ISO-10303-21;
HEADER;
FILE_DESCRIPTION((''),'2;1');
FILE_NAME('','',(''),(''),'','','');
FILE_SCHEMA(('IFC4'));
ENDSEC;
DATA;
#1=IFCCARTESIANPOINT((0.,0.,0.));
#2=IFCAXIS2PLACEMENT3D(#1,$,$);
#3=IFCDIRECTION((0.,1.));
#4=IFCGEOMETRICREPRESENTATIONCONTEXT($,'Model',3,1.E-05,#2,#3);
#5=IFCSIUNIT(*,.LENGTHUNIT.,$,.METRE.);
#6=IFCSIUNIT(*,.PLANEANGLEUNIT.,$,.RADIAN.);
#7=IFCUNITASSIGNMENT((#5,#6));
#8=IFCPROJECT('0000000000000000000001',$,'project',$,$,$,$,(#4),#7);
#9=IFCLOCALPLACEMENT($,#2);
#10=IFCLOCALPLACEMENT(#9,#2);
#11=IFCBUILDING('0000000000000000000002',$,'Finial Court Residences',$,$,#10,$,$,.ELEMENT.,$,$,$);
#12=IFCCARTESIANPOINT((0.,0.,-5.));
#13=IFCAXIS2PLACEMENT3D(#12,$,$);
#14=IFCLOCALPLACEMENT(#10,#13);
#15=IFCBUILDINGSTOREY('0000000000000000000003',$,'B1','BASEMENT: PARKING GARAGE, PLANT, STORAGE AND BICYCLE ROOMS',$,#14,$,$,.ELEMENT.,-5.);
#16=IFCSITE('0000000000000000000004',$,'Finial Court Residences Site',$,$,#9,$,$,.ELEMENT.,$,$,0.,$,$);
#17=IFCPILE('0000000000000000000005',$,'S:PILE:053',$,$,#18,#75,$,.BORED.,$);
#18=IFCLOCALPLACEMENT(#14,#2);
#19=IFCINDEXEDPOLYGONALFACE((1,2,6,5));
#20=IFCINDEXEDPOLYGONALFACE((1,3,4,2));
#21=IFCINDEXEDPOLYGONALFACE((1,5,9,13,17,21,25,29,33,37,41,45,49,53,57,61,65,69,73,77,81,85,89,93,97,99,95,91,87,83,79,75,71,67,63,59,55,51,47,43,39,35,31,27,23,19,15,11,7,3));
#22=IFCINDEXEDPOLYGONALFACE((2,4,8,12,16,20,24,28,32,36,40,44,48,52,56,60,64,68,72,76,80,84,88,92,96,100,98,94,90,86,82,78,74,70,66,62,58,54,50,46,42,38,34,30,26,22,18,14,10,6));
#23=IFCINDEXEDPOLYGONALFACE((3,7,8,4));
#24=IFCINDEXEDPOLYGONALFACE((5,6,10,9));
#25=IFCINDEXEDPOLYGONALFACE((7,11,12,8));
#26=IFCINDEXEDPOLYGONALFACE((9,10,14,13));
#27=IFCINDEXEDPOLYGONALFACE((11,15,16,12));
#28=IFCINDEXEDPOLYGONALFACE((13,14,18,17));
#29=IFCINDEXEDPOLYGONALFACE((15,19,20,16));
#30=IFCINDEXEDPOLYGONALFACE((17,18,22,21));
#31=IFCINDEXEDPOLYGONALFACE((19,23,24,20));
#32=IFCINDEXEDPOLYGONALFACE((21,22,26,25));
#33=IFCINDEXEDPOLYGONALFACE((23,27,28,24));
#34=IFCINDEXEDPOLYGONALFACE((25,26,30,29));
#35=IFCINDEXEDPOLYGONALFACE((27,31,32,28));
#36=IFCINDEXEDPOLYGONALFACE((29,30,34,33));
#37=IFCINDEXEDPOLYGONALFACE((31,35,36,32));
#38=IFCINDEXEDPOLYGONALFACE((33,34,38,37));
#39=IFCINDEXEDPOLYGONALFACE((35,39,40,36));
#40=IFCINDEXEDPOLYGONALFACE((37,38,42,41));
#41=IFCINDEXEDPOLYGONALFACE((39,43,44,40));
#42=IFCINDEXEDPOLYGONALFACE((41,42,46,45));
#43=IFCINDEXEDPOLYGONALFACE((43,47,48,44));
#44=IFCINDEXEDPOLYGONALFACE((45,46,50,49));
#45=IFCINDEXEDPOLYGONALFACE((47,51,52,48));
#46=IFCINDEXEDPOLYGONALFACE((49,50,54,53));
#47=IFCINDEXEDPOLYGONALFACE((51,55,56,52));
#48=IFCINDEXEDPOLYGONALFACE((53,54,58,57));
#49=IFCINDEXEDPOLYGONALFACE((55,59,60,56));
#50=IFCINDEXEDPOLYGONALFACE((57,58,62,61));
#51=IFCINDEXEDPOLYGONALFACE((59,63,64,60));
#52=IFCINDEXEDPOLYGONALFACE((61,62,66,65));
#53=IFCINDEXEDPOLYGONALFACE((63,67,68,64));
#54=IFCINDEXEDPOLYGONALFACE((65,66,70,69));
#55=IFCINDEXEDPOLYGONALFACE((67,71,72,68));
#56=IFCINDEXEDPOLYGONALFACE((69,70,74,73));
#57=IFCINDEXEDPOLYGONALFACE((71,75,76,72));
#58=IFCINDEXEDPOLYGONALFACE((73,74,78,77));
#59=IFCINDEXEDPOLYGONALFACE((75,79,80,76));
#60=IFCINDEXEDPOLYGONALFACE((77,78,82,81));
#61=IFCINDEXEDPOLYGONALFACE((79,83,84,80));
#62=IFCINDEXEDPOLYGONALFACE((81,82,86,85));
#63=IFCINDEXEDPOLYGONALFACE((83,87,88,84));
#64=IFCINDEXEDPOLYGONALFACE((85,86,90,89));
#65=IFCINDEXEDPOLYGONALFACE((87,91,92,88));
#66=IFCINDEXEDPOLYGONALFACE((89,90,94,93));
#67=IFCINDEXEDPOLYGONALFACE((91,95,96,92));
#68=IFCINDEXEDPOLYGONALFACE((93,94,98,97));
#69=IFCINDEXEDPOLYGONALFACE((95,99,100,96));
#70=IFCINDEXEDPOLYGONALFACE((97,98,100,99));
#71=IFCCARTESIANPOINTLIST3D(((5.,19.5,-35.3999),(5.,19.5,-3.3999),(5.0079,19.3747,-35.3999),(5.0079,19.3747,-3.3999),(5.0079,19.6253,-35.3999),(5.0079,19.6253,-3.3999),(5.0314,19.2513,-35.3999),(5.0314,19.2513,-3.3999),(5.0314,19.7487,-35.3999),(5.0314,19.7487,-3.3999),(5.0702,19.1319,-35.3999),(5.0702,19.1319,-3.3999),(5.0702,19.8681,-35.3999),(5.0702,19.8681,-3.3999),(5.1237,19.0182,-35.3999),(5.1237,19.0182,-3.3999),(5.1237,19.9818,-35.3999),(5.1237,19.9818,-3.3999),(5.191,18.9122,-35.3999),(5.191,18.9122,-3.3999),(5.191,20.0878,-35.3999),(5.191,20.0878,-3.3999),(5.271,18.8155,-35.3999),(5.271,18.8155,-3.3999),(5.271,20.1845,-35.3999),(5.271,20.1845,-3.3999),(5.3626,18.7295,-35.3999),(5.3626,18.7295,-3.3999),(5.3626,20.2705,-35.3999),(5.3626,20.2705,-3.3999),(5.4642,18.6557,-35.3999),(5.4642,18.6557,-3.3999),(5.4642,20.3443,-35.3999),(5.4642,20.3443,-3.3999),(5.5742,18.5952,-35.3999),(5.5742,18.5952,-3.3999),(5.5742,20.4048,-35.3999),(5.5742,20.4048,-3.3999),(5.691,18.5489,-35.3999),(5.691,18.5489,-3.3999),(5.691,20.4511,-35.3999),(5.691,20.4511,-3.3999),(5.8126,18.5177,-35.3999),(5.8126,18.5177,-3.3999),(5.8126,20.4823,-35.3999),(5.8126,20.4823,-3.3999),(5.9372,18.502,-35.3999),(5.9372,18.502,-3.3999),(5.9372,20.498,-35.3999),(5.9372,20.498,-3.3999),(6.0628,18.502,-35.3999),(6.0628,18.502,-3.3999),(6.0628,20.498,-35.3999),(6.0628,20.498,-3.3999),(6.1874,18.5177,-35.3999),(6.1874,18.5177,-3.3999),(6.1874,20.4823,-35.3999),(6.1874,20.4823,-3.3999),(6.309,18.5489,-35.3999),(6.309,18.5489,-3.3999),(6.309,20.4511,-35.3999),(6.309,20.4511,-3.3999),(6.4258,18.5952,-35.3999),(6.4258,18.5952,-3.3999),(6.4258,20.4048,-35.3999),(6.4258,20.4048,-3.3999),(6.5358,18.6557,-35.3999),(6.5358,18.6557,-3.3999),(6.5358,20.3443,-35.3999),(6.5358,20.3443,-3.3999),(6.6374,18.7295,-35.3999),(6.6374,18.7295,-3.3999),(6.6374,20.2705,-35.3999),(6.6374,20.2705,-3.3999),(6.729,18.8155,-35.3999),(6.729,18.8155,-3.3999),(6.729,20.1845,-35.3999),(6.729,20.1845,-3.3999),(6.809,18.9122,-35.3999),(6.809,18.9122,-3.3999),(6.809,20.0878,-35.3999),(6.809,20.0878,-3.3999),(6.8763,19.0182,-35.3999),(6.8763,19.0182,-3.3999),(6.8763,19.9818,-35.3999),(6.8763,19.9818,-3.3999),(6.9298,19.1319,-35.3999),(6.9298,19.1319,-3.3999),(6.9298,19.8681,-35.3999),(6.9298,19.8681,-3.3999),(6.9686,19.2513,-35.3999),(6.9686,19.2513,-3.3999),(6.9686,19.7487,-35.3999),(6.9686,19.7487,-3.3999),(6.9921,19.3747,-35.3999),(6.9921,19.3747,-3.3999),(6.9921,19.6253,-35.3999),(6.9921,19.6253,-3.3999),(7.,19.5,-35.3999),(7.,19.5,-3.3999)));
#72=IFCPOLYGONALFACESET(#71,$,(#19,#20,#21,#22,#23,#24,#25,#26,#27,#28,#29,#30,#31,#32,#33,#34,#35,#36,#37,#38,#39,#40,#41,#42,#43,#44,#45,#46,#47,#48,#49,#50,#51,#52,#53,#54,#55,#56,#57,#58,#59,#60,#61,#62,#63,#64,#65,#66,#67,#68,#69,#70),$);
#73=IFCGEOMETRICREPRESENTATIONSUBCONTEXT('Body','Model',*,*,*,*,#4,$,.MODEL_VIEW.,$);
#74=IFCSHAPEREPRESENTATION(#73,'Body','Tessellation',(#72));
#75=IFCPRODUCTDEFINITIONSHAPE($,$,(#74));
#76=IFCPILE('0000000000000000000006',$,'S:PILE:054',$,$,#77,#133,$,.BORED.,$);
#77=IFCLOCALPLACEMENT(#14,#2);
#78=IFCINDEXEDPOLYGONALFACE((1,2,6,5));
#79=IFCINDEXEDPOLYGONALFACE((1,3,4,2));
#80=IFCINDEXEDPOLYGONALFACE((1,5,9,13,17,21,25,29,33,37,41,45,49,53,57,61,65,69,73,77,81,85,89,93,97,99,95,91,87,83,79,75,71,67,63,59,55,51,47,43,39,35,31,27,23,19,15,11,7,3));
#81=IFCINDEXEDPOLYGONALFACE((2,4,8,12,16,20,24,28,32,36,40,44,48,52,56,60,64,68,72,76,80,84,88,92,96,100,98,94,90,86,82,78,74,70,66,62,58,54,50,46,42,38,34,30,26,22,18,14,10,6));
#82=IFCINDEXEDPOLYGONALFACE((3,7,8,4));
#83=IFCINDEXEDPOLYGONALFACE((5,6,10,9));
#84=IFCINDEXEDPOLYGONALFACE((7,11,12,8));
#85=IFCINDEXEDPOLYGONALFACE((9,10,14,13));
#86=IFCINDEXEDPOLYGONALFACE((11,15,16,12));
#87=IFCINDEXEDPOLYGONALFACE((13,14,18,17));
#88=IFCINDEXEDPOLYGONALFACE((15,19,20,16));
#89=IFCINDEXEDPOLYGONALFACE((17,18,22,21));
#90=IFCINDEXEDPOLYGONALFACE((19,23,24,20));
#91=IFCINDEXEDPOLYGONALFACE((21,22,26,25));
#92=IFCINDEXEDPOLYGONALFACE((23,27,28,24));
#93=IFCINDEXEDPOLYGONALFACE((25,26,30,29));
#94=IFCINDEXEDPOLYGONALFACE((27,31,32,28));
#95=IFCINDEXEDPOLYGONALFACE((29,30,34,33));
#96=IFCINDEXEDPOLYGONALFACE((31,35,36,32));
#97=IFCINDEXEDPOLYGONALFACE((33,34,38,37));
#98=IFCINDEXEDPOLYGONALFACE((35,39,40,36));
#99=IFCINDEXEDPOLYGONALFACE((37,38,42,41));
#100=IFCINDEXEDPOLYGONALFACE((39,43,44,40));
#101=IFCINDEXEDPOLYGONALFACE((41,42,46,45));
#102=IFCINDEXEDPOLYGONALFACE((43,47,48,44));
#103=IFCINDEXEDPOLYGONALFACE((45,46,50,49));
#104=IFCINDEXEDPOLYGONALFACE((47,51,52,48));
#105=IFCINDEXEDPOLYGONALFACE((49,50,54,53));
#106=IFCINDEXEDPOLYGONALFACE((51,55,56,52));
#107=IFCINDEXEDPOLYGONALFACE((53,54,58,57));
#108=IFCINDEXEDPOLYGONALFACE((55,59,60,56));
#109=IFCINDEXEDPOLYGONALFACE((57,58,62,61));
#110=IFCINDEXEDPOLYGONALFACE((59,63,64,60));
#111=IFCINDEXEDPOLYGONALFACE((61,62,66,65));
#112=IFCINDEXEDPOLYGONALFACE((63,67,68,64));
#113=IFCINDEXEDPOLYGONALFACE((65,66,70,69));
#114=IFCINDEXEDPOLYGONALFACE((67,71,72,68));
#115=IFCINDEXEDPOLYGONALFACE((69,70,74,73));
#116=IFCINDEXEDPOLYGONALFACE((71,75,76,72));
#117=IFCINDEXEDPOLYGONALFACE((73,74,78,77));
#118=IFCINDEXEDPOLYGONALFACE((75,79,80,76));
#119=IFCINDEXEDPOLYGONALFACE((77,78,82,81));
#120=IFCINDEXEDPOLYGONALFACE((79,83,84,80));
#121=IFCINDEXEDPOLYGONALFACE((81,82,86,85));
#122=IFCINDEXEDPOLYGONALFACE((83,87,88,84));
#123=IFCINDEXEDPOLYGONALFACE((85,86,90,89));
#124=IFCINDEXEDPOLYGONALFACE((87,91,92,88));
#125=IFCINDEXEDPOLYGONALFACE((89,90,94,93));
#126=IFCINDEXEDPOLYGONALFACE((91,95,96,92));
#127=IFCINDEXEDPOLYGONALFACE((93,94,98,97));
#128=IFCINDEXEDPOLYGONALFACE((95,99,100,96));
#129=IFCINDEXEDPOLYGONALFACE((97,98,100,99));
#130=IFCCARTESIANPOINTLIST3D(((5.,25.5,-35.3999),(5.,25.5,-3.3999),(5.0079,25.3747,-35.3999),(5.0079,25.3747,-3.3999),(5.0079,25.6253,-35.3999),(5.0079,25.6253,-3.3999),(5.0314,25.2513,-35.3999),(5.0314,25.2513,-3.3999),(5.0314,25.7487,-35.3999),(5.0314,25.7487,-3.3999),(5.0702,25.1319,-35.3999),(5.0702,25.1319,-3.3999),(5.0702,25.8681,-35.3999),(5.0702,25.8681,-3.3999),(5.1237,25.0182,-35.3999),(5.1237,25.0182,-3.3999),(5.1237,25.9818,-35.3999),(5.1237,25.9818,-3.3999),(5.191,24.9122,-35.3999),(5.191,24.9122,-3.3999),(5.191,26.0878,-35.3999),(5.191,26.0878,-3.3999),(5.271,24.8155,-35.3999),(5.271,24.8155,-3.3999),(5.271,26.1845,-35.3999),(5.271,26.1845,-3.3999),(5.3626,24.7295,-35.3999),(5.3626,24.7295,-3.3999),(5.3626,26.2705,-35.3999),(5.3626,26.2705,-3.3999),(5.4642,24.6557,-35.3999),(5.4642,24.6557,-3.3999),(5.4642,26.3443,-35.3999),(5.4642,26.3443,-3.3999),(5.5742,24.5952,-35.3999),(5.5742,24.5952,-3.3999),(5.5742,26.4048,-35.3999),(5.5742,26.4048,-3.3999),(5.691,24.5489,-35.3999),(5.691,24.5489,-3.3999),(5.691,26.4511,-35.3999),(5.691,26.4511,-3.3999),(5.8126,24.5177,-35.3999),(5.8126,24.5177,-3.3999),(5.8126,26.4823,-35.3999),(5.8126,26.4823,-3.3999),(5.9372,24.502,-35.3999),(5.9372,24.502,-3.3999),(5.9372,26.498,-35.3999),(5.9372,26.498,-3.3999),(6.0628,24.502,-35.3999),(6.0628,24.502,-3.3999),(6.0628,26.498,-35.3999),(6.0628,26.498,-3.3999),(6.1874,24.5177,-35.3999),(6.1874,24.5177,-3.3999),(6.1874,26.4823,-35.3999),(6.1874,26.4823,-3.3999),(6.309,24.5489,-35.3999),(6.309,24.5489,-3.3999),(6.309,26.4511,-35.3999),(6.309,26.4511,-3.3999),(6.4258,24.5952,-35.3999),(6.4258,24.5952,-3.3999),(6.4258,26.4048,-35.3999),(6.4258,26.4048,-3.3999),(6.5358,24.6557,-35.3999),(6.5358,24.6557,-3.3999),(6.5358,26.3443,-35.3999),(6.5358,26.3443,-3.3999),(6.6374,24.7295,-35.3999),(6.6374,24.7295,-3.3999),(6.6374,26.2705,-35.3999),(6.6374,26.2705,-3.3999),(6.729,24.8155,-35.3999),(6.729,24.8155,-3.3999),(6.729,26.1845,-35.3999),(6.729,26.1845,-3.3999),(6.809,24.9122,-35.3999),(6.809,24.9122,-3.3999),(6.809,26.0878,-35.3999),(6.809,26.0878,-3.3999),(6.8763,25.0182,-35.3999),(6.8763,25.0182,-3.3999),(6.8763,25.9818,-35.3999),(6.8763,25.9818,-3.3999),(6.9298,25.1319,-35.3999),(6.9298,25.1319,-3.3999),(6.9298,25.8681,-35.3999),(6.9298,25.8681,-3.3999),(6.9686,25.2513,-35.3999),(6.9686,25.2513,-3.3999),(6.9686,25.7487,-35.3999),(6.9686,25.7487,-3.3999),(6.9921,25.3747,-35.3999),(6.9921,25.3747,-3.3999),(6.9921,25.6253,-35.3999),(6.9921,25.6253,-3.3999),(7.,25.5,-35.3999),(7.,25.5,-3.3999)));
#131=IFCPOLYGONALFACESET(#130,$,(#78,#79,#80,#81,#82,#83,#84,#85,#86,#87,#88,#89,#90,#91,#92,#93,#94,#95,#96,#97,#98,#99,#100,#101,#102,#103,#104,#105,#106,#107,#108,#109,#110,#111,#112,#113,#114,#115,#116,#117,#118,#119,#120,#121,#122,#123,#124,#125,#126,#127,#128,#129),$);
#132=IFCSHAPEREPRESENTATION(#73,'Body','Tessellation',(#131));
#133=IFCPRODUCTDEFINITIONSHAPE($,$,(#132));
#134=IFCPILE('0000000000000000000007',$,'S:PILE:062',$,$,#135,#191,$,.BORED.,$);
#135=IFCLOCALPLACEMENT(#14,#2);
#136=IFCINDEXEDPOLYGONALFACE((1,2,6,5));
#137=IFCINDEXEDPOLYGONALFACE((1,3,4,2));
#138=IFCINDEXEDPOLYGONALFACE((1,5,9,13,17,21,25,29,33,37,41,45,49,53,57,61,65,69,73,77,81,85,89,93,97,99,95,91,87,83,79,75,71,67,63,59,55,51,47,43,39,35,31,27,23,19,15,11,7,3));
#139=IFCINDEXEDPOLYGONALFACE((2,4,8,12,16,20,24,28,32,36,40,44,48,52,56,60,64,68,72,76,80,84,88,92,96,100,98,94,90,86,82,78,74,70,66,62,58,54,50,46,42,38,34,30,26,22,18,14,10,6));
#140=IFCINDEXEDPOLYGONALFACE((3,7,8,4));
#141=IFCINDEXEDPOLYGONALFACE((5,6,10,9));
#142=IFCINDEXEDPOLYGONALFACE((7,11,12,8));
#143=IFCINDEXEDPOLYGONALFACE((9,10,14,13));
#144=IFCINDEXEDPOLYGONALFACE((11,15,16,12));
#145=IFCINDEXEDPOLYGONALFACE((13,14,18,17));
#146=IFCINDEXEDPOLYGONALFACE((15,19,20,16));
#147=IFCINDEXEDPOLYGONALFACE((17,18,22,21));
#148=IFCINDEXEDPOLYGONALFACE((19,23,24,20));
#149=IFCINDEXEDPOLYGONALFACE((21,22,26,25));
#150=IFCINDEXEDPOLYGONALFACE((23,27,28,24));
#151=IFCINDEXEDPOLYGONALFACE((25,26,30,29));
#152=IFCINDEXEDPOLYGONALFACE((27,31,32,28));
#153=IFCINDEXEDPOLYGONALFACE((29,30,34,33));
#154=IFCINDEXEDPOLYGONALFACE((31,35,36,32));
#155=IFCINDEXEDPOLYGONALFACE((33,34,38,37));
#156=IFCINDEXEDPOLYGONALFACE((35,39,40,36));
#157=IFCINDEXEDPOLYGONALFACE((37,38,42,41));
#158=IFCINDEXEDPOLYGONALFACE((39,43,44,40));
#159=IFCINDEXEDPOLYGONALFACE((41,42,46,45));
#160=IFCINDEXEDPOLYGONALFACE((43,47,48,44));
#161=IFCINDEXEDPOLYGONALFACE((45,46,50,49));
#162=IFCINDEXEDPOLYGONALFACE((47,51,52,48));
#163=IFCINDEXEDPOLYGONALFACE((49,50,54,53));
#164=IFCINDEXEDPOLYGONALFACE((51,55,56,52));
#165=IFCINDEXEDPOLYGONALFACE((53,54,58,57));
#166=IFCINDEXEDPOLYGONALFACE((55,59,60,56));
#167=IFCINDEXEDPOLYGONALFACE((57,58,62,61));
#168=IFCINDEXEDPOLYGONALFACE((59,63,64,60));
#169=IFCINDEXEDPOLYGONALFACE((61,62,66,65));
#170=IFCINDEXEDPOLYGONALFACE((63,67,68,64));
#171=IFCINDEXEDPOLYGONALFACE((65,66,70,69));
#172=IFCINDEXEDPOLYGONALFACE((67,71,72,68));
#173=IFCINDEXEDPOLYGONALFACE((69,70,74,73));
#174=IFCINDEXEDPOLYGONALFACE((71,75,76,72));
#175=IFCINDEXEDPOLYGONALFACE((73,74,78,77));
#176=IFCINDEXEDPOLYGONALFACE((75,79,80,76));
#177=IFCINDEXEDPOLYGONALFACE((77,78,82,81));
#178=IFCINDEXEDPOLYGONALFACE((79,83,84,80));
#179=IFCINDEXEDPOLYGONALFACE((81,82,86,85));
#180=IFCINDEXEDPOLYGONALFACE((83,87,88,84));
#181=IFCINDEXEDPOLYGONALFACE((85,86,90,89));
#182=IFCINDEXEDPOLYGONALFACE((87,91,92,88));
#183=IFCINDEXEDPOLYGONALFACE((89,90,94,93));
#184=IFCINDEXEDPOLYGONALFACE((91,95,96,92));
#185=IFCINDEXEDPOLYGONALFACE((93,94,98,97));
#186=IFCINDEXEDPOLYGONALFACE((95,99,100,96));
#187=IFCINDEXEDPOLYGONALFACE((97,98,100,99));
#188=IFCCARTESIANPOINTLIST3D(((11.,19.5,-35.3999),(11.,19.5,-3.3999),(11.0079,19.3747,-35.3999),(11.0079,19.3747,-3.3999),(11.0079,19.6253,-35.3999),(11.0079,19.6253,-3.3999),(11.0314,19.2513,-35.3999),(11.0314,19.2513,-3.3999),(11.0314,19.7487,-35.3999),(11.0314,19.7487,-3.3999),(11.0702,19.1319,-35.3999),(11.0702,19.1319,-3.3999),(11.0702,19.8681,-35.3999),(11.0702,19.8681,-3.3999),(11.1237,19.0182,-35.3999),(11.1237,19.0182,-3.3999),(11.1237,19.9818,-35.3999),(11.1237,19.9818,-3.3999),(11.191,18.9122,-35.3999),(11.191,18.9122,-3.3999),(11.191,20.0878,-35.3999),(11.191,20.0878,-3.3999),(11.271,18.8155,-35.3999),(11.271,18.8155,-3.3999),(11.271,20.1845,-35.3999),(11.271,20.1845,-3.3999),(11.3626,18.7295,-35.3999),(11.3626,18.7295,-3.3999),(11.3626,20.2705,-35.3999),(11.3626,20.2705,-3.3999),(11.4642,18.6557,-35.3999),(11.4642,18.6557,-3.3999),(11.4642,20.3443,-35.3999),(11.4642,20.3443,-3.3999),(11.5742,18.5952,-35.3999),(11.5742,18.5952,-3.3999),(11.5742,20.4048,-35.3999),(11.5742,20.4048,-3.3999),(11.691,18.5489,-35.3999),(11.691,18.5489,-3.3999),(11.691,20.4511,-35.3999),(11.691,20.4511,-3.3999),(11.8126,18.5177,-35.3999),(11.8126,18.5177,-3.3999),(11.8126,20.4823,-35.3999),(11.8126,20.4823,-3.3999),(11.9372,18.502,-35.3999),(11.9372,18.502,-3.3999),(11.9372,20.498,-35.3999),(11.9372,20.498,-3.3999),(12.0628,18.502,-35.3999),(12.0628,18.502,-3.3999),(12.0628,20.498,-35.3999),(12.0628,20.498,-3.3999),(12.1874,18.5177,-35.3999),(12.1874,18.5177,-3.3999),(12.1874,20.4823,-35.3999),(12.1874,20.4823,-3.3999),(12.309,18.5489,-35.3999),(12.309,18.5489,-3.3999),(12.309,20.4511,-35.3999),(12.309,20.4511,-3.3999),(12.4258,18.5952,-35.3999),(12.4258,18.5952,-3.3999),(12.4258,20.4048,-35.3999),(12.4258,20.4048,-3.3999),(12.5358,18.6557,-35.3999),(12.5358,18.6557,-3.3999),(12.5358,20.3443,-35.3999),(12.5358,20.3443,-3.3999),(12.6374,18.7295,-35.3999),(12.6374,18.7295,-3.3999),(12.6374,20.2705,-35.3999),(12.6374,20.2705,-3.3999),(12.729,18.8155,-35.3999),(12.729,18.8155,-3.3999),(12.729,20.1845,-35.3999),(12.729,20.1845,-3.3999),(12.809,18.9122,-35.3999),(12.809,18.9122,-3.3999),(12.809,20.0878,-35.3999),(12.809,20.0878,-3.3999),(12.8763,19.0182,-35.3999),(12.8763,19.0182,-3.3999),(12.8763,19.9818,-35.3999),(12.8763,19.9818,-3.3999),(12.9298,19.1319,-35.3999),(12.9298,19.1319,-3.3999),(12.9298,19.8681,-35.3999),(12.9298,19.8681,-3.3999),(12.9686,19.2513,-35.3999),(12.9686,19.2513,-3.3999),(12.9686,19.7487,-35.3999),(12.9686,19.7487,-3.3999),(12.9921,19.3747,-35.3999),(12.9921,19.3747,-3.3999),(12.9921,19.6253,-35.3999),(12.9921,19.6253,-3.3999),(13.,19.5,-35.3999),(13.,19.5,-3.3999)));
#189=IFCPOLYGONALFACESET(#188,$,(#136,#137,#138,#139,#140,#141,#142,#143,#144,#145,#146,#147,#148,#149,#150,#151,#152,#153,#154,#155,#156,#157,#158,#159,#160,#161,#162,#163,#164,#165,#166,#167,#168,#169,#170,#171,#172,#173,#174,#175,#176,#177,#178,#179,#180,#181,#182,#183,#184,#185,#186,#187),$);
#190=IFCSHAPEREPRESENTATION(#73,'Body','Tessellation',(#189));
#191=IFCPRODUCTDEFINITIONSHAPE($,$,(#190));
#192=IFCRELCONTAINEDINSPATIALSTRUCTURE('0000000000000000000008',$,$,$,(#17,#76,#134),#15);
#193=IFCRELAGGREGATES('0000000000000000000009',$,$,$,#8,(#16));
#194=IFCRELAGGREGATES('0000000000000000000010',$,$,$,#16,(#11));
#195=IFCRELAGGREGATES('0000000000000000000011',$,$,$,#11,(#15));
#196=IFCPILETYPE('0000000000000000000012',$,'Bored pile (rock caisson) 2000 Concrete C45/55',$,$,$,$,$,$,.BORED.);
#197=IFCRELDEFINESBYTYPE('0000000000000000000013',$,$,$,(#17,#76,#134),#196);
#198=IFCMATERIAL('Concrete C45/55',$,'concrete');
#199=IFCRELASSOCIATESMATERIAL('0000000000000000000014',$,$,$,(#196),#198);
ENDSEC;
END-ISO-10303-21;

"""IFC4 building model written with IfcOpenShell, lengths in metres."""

from ifc_helpers import new_model, si_unit, direction, frame, origin, origin_2d, place, context, subcontext, project, spatial, circle, extrude, material, material_profile, profile_set, type_object, element, save


model = new_model("IFC4")

# Units and contexts
model_context = context("Model", 3, precision=1e-05, world=origin(), true_north=direction((0.0, 1.0)))
body_context = subcontext(model_context, "Body", "Model", "MODEL_VIEW")
ifc_project = project(units=[si_unit("LENGTHUNIT", "METRE"), si_unit("PLANEANGLEUNIT", "RADIAN")], contexts=[model_context])

# Site, building, storey
site_placement = place(None, origin())
site = spatial("IfcSite", under=ifc_project, at=site_placement, Name="Finial Court Residences Site", CompositionType="ELEMENT", RefElevation=0.0)
building_placement = place(site_placement, origin())
building = spatial("IfcBuilding", under=site, at=building_placement, Name="Finial Court Residences", CompositionType="ELEMENT")
storey_placement = place(building_placement, frame((0.0, 0.0, -5.0)))
storey = spatial("IfcBuildingStorey", under=building, at=storey_placement, Name="B1", Description="BASEMENT: PARKING GARAGE, PLANT, STORAGE AND BICYCLE ROOMS", CompositionType="ELEMENT", Elevation=-5.0)

# Piles
ifc_material_1 = material(Name="Concrete C45/55", Category="concrete")
ifc_material_profile_1 = material_profile(ifc_material_1, circle(Radius=1.0, at=origin_2d()), Name="D2000")
ifc_profile_set_1 = profile_set([ifc_material_profile_1], Name="Concrete C45/55")
pile_type = type_object("IfcPileType", Name="Bored pile (rock caisson) 2000 Concrete C45/55", PredefinedType="BORED", material=ifc_profile_set_1)
for number, where, z_axis, x_axis, name in (
    (1, (6.0, 19.5, -3.3999), (0.0, 0.0, -1.0), (1.0, 0.0, 0.0), "S:PILE:053"),
    (2, (6.0, 25.5, -3.3999), (0.0, 0.0, -1.0), (1.0, 0.0, 0.0), "S:PILE:054"),
    (3, (12.0, 19.5, -3.3999), (0.0, 0.0, -1.0), (1.0, 0.0, 0.0), "S:PILE:062"),
):
    element("IfcPile", number, at=place(storey_placement, frame(where, z_axis=z_axis, x_axis=x_axis)), inside=storey, type_object=pile_type, Name=name, PredefinedType="BORED", context=body_context, shape_type="SweptSolid", body=[
        extrude(circle(Radius=1.0, at=origin_2d()), origin(), (0.0, 0.0, 1.0), 32.0),
    ])

save(model, "model.ifc")
